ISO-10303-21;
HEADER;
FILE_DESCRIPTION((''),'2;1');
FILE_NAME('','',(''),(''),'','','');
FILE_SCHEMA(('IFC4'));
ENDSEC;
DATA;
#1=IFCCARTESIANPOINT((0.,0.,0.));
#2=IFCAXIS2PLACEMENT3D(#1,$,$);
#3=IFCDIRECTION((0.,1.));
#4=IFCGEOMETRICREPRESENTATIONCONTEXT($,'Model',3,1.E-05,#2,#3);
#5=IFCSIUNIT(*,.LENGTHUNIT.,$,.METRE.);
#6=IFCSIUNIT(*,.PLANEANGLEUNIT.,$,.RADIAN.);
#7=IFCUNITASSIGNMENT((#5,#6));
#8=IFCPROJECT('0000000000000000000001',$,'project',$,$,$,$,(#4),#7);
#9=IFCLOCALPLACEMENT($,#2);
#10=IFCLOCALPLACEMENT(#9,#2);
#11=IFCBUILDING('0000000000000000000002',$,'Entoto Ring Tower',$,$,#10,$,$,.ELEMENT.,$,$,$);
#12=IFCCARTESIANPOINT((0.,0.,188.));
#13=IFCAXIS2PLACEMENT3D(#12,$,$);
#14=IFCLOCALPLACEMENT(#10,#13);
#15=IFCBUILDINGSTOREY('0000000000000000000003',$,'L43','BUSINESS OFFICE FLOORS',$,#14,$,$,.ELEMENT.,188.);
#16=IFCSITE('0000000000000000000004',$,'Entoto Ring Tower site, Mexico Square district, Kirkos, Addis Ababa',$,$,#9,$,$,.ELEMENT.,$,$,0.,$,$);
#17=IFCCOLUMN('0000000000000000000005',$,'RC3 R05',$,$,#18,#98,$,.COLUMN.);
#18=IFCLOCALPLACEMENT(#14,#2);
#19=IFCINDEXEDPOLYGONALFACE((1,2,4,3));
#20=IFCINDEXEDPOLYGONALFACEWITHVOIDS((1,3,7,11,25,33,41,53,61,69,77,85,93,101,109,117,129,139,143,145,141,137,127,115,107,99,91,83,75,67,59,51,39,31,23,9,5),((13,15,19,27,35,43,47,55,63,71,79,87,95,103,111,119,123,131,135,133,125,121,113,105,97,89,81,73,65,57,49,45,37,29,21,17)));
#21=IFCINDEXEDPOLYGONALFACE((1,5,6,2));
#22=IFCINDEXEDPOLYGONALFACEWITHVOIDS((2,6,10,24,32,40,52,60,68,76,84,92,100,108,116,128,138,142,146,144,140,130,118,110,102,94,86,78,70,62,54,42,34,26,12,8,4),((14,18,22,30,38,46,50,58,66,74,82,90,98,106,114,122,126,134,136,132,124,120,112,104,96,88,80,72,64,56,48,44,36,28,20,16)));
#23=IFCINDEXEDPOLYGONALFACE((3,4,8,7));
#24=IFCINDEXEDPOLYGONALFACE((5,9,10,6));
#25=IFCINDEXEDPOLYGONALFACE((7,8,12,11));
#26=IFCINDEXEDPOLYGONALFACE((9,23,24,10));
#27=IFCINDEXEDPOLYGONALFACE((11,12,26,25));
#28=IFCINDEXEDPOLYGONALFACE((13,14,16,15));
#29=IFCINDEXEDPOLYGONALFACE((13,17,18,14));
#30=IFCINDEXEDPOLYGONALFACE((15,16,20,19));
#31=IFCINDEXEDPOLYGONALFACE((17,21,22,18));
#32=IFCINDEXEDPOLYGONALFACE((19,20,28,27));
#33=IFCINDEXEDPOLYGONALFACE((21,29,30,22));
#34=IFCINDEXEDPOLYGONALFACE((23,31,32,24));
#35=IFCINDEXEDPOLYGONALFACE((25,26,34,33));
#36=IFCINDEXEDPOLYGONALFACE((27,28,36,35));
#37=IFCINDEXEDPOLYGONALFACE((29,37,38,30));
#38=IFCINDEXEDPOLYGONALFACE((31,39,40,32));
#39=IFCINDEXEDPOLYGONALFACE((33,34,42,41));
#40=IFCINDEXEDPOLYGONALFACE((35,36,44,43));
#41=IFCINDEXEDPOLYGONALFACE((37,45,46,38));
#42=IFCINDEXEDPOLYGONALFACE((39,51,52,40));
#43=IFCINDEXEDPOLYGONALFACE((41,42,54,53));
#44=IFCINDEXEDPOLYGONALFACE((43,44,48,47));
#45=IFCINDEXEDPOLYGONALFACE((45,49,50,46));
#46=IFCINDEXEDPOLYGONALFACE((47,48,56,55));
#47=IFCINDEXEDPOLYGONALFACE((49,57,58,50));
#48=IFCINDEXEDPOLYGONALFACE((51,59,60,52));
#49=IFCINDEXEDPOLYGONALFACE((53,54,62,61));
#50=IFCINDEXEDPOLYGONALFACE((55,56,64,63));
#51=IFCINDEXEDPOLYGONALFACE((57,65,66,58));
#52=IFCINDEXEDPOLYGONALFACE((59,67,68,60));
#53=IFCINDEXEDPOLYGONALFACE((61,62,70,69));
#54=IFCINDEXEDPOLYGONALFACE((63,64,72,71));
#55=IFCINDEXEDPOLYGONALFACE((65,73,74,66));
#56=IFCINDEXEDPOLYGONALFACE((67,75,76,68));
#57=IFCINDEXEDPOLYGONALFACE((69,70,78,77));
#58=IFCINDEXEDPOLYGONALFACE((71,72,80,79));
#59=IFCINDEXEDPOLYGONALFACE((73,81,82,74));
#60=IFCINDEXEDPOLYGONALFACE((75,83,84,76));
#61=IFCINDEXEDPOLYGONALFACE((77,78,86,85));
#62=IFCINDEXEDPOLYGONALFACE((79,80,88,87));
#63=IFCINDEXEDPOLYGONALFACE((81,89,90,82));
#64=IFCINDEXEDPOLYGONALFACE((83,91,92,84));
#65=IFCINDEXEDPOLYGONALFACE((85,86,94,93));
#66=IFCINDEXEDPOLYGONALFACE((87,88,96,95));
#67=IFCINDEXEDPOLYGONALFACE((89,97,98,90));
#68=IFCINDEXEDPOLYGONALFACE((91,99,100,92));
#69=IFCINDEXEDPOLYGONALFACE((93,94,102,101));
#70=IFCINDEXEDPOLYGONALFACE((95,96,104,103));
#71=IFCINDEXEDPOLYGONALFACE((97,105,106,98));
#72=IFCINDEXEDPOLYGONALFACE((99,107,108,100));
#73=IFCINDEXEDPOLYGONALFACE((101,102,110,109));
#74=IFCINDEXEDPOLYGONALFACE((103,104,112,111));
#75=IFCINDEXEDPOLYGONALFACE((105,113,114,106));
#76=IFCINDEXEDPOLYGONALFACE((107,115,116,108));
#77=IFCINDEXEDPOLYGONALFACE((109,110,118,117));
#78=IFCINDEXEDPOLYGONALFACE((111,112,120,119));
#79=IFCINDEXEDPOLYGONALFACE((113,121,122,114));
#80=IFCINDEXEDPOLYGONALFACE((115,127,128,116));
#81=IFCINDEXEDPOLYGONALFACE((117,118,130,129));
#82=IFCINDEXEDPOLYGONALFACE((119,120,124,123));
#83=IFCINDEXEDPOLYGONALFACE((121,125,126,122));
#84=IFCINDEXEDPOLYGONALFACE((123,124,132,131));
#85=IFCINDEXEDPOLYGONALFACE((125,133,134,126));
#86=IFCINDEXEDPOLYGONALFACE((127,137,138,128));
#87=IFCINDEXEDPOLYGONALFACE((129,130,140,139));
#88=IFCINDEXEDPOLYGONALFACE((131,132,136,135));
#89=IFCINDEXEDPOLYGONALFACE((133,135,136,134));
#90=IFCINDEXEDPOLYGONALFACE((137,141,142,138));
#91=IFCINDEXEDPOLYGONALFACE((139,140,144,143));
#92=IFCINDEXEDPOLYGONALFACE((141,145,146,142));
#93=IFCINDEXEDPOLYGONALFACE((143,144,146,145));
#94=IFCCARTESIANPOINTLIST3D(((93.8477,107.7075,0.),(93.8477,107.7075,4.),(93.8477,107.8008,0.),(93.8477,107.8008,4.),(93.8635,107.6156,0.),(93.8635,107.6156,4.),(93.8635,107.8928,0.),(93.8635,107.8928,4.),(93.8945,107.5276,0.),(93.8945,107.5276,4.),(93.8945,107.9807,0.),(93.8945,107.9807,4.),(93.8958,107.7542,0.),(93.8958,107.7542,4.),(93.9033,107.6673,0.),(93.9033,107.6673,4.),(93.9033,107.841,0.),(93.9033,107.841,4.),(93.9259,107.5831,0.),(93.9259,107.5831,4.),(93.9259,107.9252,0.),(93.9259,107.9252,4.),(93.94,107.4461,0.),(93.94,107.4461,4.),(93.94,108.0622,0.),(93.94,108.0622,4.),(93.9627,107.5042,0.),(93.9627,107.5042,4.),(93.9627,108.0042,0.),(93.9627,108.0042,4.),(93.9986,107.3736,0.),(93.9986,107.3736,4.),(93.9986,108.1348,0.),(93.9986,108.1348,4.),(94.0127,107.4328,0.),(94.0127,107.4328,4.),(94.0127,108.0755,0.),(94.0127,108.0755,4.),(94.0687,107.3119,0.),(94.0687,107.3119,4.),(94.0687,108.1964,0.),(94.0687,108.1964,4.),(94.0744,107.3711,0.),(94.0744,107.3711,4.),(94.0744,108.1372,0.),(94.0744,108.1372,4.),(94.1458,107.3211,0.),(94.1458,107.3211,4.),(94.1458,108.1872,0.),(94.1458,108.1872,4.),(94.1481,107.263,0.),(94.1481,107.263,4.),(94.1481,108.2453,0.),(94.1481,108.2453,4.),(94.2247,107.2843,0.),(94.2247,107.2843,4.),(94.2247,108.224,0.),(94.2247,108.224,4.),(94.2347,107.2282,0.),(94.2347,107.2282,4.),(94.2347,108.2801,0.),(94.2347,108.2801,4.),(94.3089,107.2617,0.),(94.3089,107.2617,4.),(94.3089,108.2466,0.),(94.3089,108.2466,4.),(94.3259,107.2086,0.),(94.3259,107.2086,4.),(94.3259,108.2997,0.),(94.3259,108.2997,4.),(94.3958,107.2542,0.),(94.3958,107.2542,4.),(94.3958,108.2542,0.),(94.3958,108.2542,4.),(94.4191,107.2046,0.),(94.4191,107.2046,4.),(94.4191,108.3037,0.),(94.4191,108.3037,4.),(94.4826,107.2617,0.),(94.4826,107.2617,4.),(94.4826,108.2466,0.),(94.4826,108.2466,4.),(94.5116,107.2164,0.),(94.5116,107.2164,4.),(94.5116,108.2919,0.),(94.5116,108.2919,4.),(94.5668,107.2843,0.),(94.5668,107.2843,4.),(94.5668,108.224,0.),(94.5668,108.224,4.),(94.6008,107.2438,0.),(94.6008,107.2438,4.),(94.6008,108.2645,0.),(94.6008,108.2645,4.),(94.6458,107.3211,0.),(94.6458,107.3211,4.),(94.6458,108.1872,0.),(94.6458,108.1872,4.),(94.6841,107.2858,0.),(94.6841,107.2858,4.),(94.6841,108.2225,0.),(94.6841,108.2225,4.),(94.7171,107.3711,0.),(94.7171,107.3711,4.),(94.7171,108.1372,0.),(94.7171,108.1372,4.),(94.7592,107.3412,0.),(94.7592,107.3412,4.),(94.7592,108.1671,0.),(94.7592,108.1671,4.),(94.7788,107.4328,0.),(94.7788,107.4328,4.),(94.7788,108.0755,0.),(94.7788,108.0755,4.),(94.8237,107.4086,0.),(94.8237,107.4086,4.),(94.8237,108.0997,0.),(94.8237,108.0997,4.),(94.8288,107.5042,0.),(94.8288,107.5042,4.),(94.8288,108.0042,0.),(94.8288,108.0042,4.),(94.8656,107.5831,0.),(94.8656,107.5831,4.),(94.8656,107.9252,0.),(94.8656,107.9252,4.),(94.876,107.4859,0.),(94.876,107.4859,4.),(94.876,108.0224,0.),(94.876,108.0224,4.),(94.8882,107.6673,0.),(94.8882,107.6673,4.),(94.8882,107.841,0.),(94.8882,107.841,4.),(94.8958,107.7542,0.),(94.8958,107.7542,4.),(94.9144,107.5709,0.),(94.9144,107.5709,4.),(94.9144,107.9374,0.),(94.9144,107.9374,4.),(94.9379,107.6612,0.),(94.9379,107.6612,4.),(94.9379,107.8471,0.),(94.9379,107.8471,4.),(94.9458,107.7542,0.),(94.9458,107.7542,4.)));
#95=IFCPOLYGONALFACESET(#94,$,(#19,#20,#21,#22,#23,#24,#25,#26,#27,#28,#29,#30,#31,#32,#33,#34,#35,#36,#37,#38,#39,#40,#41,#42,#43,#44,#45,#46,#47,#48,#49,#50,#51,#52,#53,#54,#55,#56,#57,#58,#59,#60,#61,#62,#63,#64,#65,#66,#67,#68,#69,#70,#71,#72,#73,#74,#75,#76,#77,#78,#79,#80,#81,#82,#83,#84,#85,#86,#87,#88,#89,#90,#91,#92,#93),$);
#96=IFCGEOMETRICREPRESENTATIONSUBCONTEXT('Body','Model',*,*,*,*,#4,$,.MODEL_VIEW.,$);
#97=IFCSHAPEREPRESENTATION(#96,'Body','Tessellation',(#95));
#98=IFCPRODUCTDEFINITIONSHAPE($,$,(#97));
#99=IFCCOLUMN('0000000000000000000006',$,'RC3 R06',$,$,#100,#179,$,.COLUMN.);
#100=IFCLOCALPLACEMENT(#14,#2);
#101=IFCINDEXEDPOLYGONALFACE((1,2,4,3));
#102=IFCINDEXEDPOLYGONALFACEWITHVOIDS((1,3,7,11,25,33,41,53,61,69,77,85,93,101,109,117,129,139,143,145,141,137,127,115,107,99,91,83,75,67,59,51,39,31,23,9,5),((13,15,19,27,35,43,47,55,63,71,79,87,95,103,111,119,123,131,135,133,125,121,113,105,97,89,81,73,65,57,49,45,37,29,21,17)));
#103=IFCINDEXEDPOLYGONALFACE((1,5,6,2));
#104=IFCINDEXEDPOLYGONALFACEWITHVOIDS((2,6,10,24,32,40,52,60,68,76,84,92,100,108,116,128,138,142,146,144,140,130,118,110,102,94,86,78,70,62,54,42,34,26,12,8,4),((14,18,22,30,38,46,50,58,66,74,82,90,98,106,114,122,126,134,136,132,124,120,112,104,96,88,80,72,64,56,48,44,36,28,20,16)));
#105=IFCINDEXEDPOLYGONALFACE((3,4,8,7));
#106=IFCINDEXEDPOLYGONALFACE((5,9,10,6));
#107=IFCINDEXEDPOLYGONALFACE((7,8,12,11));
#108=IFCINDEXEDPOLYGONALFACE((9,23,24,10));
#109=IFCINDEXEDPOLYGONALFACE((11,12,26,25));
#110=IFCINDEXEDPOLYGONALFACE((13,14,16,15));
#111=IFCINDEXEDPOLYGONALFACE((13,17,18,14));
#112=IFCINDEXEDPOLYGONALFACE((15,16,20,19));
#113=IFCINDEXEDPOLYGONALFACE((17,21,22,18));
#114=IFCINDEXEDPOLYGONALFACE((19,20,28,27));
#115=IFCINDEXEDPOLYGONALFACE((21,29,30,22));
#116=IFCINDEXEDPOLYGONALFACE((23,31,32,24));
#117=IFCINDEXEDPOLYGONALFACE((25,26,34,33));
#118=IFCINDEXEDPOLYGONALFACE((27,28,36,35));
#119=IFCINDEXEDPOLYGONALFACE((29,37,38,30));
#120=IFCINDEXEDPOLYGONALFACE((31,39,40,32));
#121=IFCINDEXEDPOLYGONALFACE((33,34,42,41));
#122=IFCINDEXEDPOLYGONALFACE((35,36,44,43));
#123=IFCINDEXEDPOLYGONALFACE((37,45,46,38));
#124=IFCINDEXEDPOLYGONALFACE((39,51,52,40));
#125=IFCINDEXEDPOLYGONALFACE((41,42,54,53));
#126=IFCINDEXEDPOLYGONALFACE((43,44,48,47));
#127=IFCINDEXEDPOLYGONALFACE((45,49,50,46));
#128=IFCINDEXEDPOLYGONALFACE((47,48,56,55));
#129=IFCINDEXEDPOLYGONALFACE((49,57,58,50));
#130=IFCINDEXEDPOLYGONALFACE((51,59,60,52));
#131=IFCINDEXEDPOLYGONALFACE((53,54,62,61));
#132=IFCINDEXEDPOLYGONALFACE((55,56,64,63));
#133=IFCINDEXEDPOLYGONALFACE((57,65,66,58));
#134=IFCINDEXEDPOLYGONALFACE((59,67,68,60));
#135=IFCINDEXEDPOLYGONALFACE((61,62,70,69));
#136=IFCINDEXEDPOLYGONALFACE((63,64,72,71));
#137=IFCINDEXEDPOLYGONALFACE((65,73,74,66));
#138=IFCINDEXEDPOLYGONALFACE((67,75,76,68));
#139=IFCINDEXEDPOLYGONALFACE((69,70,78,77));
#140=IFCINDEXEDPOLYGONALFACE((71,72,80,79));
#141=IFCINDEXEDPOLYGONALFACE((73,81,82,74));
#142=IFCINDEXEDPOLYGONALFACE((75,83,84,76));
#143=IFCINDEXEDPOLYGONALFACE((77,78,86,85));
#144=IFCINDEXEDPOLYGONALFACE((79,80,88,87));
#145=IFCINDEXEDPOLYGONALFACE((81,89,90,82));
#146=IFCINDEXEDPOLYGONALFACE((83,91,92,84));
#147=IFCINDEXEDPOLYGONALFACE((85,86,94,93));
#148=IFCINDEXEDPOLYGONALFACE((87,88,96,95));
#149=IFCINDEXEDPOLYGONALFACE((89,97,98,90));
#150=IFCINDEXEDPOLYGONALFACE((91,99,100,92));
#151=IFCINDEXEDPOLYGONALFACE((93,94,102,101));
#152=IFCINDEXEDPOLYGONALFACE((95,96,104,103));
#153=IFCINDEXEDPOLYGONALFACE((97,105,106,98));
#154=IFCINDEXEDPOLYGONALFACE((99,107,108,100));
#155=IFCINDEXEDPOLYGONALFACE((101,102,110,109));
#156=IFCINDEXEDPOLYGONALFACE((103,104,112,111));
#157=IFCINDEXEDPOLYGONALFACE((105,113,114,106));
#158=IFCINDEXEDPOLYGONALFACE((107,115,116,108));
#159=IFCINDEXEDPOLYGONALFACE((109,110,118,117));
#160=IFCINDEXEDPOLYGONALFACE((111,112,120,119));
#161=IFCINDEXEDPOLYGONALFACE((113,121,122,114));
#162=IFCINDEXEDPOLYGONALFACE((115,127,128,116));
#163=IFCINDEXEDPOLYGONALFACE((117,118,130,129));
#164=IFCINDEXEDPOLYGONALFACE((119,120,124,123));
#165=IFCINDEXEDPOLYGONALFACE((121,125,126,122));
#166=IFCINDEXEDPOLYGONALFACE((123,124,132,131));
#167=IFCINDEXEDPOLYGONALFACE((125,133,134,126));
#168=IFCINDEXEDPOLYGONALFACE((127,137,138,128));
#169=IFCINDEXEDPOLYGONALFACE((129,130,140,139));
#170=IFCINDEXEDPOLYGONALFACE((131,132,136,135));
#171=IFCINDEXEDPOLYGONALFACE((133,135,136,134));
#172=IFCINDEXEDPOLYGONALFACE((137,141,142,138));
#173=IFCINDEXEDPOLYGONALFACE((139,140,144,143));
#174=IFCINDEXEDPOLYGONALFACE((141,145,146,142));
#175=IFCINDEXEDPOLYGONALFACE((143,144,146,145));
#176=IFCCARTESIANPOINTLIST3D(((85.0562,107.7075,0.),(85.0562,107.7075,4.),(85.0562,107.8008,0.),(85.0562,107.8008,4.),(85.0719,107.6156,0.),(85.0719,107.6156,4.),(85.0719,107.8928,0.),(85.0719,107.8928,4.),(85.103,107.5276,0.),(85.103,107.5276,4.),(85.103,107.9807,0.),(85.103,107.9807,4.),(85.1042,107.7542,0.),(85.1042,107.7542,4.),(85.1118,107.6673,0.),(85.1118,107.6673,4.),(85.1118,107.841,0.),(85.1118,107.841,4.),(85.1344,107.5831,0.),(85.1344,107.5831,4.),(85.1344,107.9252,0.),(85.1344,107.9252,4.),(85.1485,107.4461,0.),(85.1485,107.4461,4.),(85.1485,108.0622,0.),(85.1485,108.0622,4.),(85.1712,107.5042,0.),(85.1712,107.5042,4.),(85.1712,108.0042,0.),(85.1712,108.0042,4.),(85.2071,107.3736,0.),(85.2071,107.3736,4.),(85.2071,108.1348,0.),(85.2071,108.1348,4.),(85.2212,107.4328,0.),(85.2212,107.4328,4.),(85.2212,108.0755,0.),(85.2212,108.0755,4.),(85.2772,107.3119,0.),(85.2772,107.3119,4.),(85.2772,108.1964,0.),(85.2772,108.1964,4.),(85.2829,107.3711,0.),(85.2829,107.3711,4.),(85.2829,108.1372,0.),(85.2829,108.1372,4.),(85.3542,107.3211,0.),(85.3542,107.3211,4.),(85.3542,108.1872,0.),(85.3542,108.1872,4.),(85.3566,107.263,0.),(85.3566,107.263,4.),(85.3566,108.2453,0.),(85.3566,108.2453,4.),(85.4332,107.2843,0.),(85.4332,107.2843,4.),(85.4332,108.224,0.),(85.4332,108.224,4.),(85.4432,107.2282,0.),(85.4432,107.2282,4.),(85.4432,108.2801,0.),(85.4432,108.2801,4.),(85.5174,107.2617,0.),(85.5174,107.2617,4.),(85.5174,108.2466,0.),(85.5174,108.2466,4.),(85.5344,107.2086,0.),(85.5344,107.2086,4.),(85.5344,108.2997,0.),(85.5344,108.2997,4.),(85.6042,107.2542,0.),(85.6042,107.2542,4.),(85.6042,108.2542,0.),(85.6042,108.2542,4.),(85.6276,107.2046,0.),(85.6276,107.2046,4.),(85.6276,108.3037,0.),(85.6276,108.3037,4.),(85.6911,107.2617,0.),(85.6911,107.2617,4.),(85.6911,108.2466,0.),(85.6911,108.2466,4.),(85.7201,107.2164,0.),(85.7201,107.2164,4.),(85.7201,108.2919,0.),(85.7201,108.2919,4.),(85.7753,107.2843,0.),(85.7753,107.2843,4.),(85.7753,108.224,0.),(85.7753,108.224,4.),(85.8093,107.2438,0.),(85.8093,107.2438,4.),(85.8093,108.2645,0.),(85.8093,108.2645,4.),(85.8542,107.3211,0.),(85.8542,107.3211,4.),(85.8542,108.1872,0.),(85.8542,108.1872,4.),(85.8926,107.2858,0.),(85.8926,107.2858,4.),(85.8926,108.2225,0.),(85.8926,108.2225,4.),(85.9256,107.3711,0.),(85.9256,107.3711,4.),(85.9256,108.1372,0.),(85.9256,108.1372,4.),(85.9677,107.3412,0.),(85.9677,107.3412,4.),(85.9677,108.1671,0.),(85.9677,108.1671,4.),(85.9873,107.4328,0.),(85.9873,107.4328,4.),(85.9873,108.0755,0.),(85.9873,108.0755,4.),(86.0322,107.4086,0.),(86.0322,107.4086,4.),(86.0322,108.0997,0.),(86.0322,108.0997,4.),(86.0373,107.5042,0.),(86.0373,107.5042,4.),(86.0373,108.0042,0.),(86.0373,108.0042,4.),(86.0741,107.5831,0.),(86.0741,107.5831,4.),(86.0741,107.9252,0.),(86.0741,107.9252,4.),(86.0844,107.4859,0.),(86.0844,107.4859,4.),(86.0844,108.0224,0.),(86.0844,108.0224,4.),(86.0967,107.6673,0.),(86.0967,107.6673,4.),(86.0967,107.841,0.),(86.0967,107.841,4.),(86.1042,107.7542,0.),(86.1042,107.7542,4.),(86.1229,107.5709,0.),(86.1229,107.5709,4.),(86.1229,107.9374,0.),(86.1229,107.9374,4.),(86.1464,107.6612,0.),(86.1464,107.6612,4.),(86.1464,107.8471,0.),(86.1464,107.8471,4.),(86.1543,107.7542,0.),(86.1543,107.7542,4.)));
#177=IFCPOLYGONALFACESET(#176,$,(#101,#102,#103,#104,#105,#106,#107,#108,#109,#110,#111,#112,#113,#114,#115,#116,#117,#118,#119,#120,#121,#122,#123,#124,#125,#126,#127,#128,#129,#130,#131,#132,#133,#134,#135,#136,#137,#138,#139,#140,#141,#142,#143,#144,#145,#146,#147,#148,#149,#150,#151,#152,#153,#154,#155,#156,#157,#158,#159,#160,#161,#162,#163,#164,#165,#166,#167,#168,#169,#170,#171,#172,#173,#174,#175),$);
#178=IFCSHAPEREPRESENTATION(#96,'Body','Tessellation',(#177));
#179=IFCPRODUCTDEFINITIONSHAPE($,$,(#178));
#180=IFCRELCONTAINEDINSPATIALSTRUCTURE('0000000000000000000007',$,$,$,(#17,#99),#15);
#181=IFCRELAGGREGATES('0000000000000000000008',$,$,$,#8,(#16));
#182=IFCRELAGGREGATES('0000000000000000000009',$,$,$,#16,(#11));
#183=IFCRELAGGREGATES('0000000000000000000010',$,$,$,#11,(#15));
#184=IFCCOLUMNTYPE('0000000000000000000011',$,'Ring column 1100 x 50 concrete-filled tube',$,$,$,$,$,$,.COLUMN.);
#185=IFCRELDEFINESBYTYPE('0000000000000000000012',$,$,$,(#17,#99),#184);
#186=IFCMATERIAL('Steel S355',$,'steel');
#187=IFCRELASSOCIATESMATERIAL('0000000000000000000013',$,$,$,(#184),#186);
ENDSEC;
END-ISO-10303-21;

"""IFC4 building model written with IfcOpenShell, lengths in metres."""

from ifc_helpers import new_model, si_unit, direction, frame, origin, origin_2d, place, context, subcontext, project, spatial, circle, hollow_circle, extrude, material, material_profile, profile_set, type_object, element, save


model = new_model("IFC4")

# Units and contexts
model_context = context("Model", 3, precision=1e-05, world=origin(), true_north=direction((0.0, 1.0)))
body_context = subcontext(model_context, "Body", "Model", "MODEL_VIEW")
ifc_project = project(units=[si_unit("LENGTHUNIT", "METRE"), si_unit("PLANEANGLEUNIT", "RADIAN")], contexts=[model_context])

# Site, building, storey
site_placement = place(None, origin())
site = spatial("IfcSite", under=ifc_project, at=site_placement, Name="Entoto Ring Tower site, Mexico Square district, Kirkos, Addis Ababa", CompositionType="ELEMENT", RefElevation=0.0)
building_placement = place(site_placement, origin())
building = spatial("IfcBuilding", under=site, at=building_placement, Name="Entoto Ring Tower", CompositionType="ELEMENT")
storey_placement = place(building_placement, frame((0.0, 0.0, 188.0)))
storey = spatial("IfcBuildingStorey", under=building, at=storey_placement, Name="L43", Description="BUSINESS OFFICE FLOORS", CompositionType="ELEMENT", Elevation=188.0)

# Columns
ifc_material_1 = material(Name="Steel S355", Category="steel")
ifc_material_profile_1 = material_profile(ifc_material_1, hollow_circle(Radius=0.55, WallThickness=0.05, at=origin_2d()), Name="CHS 1100 x 50")
ifc_material_2 = material(Name="Concrete C60/75", Category="concrete")
ifc_material_profile_2 = material_profile(ifc_material_2, circle(Radius=0.5, at=origin_2d()), Name="Concrete C60/75 infill")
ifc_profile_set_1 = profile_set([ifc_material_profile_1, ifc_material_profile_2], Name="Steel S355")
column_type = type_object("IfcColumnType", Name="Ring column 1100 x 50 concrete-filled tube", PredefinedType="COLUMN", material=ifc_profile_set_1)
for number, where, z_axis, x_axis, name in (
    (1, (94.3958, 107.7542, 0.0), (0.0, 0.0, 1.0), (1.0, 0.0, 0.0), "RC3 R05"),
    (2, (85.6042, 107.7542, 0.0), (0.0, 0.0, 1.0), (1.0, 0.0, 0.0), "RC3 R06"),
):
    element("IfcColumn", number, at=place(storey_placement, frame(where, z_axis=z_axis, x_axis=x_axis)), inside=storey, type_object=column_type, Name=name, PredefinedType="COLUMN", context=body_context, shape_type="SweptSolid", body=[
        extrude(hollow_circle(Radius=0.55, WallThickness=0.05, at=origin_2d()), origin(), (0.0, 0.0, 1.0), 4.0),
    ])

save(model, "model.ifc")
